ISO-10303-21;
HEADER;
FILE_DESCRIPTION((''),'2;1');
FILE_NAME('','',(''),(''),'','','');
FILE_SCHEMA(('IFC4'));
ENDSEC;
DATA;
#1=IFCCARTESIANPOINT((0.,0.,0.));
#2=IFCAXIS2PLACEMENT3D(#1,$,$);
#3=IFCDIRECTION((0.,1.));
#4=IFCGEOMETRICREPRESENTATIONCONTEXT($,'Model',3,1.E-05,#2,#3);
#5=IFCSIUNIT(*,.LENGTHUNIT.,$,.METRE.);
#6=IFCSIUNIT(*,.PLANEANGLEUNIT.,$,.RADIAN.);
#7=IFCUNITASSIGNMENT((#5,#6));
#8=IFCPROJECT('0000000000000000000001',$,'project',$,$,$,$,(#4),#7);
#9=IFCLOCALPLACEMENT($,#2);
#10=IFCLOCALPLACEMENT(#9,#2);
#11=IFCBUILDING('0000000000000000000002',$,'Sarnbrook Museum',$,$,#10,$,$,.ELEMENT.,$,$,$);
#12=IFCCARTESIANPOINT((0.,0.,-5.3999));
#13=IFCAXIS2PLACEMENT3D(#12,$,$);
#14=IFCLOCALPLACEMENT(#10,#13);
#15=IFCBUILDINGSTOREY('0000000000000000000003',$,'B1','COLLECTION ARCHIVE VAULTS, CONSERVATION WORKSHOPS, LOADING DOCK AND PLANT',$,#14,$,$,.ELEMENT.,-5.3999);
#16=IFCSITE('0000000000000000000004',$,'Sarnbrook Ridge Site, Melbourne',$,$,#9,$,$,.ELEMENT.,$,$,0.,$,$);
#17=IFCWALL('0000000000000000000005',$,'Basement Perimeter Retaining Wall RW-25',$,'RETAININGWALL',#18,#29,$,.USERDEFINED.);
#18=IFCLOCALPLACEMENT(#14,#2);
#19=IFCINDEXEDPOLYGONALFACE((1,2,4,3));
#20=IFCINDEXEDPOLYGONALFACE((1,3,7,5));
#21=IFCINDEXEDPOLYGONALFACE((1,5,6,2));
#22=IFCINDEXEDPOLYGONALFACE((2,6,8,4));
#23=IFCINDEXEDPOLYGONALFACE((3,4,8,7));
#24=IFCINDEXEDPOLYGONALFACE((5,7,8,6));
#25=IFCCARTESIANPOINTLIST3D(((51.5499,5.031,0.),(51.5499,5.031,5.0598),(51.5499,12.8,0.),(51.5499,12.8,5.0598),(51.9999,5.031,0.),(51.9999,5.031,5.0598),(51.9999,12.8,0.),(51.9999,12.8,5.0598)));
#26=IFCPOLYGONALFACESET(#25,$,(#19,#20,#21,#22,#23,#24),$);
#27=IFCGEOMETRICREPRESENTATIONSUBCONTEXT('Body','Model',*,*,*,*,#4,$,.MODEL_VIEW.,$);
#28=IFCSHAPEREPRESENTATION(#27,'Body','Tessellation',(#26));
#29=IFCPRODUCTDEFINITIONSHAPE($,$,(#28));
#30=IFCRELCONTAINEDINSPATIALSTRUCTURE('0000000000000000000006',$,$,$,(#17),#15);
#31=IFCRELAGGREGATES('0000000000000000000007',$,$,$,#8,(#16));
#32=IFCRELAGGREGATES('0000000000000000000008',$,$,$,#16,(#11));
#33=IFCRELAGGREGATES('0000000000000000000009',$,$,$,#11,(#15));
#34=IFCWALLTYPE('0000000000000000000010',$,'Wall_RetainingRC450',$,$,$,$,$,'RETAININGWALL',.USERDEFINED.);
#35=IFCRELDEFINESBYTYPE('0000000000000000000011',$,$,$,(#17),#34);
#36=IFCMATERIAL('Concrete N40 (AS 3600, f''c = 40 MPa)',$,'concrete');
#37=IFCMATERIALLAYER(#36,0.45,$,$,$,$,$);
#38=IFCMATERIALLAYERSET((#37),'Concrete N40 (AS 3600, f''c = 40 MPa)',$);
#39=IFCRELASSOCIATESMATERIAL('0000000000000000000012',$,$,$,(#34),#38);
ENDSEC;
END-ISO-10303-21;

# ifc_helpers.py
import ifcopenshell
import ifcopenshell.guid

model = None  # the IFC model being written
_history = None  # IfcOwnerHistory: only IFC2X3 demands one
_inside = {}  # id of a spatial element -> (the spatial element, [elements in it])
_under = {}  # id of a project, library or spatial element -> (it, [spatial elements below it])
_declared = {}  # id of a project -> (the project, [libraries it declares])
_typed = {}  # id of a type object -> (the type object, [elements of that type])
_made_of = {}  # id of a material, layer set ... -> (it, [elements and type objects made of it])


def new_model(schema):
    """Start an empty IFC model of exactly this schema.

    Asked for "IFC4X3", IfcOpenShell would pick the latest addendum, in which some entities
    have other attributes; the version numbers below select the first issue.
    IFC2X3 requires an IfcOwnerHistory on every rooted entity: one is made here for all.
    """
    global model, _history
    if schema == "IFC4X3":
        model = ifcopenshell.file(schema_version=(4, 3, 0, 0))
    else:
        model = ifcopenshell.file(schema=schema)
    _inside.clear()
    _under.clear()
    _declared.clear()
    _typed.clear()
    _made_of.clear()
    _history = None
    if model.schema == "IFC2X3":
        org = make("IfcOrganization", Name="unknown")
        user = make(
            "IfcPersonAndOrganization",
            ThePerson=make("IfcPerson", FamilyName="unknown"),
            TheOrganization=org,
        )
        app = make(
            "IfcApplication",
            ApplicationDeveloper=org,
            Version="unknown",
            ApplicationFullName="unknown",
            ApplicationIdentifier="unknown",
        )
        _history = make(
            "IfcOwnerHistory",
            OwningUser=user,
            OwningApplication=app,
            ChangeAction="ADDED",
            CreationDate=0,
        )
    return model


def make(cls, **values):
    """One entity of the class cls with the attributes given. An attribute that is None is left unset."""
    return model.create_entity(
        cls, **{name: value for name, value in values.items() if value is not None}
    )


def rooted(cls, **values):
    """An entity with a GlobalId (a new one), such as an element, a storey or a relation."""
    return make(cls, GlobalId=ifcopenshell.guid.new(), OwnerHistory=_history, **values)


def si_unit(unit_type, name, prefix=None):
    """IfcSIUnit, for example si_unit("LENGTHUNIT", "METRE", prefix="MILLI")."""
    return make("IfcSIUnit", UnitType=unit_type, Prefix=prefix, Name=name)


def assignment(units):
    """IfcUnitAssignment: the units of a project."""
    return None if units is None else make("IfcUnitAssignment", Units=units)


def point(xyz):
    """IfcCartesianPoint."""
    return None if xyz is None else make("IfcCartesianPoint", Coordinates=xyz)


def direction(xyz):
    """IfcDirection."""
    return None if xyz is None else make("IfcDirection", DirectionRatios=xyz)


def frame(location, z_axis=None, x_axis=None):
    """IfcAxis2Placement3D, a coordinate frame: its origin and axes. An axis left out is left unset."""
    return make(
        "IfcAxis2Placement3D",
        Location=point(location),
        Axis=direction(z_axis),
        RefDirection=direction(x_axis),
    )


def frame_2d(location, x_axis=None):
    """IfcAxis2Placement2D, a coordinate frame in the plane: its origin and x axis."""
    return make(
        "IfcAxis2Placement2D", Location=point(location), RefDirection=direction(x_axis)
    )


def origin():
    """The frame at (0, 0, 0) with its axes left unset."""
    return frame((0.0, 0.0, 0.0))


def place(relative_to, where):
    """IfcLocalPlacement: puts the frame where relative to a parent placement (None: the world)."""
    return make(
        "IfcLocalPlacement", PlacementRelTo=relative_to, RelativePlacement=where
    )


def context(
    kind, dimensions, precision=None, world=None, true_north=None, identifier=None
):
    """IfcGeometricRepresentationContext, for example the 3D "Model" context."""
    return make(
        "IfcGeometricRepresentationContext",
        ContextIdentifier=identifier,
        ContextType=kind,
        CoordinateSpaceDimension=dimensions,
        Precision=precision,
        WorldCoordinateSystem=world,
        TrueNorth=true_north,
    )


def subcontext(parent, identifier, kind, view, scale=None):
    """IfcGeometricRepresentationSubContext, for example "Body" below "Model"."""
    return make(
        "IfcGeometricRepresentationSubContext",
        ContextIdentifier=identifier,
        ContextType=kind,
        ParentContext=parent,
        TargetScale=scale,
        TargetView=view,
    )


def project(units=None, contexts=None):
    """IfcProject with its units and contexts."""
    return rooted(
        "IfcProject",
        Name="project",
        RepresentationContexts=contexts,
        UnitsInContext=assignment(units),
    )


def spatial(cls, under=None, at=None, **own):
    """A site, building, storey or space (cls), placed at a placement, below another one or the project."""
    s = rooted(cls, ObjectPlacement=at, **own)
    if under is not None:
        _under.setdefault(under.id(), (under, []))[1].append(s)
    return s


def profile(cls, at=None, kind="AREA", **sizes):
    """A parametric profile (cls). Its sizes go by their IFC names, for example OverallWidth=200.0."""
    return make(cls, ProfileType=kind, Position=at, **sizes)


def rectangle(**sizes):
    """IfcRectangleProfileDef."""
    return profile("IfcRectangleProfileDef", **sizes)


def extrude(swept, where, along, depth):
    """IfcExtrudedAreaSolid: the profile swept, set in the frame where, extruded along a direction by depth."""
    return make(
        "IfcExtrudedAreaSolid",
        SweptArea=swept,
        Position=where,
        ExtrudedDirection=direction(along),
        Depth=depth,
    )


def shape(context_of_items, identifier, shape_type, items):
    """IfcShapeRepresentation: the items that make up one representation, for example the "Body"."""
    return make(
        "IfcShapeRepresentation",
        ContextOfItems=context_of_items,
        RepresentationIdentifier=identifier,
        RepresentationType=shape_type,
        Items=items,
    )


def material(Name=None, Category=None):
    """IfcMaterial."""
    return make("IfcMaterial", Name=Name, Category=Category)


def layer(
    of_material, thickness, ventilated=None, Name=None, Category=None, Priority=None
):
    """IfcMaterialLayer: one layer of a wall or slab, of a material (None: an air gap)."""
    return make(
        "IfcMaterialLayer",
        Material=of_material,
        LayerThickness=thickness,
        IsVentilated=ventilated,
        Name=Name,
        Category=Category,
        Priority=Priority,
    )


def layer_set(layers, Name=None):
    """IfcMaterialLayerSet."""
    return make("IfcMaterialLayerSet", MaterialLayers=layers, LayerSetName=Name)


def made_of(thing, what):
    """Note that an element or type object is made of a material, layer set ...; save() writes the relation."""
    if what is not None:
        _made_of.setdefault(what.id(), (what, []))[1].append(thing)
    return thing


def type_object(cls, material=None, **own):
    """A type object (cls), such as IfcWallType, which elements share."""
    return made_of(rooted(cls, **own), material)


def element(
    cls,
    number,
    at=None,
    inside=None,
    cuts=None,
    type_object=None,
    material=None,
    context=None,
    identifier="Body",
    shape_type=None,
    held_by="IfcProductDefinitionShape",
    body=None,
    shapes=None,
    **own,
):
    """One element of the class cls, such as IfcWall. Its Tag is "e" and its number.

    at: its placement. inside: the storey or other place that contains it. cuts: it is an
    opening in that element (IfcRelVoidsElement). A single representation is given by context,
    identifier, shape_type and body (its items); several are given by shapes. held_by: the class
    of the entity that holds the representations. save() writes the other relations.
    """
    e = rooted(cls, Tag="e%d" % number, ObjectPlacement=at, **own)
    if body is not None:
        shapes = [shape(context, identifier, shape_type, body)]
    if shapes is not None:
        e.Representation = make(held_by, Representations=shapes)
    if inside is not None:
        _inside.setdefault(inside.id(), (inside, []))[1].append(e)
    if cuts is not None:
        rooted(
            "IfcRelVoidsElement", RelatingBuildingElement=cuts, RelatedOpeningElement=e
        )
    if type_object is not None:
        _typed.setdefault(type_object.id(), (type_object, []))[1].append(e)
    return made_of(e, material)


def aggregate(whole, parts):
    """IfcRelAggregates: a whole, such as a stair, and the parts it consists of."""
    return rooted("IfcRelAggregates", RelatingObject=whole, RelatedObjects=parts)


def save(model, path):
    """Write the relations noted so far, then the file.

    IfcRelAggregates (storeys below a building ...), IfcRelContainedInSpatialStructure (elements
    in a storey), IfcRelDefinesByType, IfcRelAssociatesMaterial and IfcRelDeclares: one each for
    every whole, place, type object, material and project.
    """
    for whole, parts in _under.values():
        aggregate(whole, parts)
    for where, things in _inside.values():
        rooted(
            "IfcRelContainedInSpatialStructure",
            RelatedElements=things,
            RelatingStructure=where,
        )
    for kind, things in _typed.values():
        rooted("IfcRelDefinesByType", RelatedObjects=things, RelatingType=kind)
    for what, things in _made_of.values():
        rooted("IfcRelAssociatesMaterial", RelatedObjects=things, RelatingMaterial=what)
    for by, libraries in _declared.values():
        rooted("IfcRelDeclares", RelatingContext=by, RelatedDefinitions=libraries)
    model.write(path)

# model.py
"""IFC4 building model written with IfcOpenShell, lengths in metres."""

from ifc_helpers import new_model, si_unit, direction, frame, frame_2d, origin, place, context, subcontext, project, spatial, rectangle, extrude, material, layer, layer_set, type_object, element, save


model = new_model("IFC4")

# Units and contexts
model_context = context("Model", 3, precision=1e-05, world=origin(), true_north=direction((0.0, 1.0)))
body_context = subcontext(model_context, "Body", "Model", "MODEL_VIEW")
ifc_project = project(units=[si_unit("LENGTHUNIT", "METRE"), si_unit("PLANEANGLEUNIT", "RADIAN")], contexts=[model_context])

# Site, building, storey
site_placement = place(None, origin())
site = spatial("IfcSite", under=ifc_project, at=site_placement, Name="Sarnbrook Ridge Site, Melbourne", CompositionType="ELEMENT", RefElevation=0.0)
building_placement = place(site_placement, origin())
building = spatial("IfcBuilding", under=site, at=building_placement, Name="Sarnbrook Museum", CompositionType="ELEMENT")
storey_placement = place(building_placement, frame((0.0, 0.0, -5.3999)))
storey = spatial("IfcBuildingStorey", under=building, at=storey_placement, Name="B1", Description="COLLECTION ARCHIVE VAULTS, CONSERVATION WORKSHOPS, LOADING DOCK AND PLANT", CompositionType="ELEMENT", Elevation=-5.3999)

# Shared definitions
ifc_material_1 = material(Name="Concrete N40 (AS 3600, f'c = 40 MPa)", Category="concrete")

# Wall
ifc_layer_1 = layer(ifc_material_1, 0.45)
ifc_layer_set_1 = layer_set([ifc_layer_1], Name="Concrete N40 (AS 3600, f'c = 40 MPa)")
wall_type_1 = type_object("IfcWallType", Name="Wall_RetainingRC450", ElementType="RETAININGWALL", PredefinedType="USERDEFINED", material=ifc_layer_set_1)
wall_1_placement = place(storey_placement, frame((51.7749, 5.031, 0.0), z_axis=(0.0, 0.0, 1.0), x_axis=(0.0, 1.0, 0.0)))
element("IfcWall", 1, at=wall_1_placement, inside=storey, type_object=wall_type_1, Name="Basement Perimeter Retaining Wall RW-25", ObjectType="RETAININGWALL", PredefinedType="USERDEFINED", context=body_context, shape_type="SweptSolid", body=[
    extrude(rectangle(XDim=7.769, YDim=0.45, at=frame_2d((3.8845, 0.0))), origin(), (0.0, 0.0, 1.0), 5.0598),
])

save(model, "model.ifc")
